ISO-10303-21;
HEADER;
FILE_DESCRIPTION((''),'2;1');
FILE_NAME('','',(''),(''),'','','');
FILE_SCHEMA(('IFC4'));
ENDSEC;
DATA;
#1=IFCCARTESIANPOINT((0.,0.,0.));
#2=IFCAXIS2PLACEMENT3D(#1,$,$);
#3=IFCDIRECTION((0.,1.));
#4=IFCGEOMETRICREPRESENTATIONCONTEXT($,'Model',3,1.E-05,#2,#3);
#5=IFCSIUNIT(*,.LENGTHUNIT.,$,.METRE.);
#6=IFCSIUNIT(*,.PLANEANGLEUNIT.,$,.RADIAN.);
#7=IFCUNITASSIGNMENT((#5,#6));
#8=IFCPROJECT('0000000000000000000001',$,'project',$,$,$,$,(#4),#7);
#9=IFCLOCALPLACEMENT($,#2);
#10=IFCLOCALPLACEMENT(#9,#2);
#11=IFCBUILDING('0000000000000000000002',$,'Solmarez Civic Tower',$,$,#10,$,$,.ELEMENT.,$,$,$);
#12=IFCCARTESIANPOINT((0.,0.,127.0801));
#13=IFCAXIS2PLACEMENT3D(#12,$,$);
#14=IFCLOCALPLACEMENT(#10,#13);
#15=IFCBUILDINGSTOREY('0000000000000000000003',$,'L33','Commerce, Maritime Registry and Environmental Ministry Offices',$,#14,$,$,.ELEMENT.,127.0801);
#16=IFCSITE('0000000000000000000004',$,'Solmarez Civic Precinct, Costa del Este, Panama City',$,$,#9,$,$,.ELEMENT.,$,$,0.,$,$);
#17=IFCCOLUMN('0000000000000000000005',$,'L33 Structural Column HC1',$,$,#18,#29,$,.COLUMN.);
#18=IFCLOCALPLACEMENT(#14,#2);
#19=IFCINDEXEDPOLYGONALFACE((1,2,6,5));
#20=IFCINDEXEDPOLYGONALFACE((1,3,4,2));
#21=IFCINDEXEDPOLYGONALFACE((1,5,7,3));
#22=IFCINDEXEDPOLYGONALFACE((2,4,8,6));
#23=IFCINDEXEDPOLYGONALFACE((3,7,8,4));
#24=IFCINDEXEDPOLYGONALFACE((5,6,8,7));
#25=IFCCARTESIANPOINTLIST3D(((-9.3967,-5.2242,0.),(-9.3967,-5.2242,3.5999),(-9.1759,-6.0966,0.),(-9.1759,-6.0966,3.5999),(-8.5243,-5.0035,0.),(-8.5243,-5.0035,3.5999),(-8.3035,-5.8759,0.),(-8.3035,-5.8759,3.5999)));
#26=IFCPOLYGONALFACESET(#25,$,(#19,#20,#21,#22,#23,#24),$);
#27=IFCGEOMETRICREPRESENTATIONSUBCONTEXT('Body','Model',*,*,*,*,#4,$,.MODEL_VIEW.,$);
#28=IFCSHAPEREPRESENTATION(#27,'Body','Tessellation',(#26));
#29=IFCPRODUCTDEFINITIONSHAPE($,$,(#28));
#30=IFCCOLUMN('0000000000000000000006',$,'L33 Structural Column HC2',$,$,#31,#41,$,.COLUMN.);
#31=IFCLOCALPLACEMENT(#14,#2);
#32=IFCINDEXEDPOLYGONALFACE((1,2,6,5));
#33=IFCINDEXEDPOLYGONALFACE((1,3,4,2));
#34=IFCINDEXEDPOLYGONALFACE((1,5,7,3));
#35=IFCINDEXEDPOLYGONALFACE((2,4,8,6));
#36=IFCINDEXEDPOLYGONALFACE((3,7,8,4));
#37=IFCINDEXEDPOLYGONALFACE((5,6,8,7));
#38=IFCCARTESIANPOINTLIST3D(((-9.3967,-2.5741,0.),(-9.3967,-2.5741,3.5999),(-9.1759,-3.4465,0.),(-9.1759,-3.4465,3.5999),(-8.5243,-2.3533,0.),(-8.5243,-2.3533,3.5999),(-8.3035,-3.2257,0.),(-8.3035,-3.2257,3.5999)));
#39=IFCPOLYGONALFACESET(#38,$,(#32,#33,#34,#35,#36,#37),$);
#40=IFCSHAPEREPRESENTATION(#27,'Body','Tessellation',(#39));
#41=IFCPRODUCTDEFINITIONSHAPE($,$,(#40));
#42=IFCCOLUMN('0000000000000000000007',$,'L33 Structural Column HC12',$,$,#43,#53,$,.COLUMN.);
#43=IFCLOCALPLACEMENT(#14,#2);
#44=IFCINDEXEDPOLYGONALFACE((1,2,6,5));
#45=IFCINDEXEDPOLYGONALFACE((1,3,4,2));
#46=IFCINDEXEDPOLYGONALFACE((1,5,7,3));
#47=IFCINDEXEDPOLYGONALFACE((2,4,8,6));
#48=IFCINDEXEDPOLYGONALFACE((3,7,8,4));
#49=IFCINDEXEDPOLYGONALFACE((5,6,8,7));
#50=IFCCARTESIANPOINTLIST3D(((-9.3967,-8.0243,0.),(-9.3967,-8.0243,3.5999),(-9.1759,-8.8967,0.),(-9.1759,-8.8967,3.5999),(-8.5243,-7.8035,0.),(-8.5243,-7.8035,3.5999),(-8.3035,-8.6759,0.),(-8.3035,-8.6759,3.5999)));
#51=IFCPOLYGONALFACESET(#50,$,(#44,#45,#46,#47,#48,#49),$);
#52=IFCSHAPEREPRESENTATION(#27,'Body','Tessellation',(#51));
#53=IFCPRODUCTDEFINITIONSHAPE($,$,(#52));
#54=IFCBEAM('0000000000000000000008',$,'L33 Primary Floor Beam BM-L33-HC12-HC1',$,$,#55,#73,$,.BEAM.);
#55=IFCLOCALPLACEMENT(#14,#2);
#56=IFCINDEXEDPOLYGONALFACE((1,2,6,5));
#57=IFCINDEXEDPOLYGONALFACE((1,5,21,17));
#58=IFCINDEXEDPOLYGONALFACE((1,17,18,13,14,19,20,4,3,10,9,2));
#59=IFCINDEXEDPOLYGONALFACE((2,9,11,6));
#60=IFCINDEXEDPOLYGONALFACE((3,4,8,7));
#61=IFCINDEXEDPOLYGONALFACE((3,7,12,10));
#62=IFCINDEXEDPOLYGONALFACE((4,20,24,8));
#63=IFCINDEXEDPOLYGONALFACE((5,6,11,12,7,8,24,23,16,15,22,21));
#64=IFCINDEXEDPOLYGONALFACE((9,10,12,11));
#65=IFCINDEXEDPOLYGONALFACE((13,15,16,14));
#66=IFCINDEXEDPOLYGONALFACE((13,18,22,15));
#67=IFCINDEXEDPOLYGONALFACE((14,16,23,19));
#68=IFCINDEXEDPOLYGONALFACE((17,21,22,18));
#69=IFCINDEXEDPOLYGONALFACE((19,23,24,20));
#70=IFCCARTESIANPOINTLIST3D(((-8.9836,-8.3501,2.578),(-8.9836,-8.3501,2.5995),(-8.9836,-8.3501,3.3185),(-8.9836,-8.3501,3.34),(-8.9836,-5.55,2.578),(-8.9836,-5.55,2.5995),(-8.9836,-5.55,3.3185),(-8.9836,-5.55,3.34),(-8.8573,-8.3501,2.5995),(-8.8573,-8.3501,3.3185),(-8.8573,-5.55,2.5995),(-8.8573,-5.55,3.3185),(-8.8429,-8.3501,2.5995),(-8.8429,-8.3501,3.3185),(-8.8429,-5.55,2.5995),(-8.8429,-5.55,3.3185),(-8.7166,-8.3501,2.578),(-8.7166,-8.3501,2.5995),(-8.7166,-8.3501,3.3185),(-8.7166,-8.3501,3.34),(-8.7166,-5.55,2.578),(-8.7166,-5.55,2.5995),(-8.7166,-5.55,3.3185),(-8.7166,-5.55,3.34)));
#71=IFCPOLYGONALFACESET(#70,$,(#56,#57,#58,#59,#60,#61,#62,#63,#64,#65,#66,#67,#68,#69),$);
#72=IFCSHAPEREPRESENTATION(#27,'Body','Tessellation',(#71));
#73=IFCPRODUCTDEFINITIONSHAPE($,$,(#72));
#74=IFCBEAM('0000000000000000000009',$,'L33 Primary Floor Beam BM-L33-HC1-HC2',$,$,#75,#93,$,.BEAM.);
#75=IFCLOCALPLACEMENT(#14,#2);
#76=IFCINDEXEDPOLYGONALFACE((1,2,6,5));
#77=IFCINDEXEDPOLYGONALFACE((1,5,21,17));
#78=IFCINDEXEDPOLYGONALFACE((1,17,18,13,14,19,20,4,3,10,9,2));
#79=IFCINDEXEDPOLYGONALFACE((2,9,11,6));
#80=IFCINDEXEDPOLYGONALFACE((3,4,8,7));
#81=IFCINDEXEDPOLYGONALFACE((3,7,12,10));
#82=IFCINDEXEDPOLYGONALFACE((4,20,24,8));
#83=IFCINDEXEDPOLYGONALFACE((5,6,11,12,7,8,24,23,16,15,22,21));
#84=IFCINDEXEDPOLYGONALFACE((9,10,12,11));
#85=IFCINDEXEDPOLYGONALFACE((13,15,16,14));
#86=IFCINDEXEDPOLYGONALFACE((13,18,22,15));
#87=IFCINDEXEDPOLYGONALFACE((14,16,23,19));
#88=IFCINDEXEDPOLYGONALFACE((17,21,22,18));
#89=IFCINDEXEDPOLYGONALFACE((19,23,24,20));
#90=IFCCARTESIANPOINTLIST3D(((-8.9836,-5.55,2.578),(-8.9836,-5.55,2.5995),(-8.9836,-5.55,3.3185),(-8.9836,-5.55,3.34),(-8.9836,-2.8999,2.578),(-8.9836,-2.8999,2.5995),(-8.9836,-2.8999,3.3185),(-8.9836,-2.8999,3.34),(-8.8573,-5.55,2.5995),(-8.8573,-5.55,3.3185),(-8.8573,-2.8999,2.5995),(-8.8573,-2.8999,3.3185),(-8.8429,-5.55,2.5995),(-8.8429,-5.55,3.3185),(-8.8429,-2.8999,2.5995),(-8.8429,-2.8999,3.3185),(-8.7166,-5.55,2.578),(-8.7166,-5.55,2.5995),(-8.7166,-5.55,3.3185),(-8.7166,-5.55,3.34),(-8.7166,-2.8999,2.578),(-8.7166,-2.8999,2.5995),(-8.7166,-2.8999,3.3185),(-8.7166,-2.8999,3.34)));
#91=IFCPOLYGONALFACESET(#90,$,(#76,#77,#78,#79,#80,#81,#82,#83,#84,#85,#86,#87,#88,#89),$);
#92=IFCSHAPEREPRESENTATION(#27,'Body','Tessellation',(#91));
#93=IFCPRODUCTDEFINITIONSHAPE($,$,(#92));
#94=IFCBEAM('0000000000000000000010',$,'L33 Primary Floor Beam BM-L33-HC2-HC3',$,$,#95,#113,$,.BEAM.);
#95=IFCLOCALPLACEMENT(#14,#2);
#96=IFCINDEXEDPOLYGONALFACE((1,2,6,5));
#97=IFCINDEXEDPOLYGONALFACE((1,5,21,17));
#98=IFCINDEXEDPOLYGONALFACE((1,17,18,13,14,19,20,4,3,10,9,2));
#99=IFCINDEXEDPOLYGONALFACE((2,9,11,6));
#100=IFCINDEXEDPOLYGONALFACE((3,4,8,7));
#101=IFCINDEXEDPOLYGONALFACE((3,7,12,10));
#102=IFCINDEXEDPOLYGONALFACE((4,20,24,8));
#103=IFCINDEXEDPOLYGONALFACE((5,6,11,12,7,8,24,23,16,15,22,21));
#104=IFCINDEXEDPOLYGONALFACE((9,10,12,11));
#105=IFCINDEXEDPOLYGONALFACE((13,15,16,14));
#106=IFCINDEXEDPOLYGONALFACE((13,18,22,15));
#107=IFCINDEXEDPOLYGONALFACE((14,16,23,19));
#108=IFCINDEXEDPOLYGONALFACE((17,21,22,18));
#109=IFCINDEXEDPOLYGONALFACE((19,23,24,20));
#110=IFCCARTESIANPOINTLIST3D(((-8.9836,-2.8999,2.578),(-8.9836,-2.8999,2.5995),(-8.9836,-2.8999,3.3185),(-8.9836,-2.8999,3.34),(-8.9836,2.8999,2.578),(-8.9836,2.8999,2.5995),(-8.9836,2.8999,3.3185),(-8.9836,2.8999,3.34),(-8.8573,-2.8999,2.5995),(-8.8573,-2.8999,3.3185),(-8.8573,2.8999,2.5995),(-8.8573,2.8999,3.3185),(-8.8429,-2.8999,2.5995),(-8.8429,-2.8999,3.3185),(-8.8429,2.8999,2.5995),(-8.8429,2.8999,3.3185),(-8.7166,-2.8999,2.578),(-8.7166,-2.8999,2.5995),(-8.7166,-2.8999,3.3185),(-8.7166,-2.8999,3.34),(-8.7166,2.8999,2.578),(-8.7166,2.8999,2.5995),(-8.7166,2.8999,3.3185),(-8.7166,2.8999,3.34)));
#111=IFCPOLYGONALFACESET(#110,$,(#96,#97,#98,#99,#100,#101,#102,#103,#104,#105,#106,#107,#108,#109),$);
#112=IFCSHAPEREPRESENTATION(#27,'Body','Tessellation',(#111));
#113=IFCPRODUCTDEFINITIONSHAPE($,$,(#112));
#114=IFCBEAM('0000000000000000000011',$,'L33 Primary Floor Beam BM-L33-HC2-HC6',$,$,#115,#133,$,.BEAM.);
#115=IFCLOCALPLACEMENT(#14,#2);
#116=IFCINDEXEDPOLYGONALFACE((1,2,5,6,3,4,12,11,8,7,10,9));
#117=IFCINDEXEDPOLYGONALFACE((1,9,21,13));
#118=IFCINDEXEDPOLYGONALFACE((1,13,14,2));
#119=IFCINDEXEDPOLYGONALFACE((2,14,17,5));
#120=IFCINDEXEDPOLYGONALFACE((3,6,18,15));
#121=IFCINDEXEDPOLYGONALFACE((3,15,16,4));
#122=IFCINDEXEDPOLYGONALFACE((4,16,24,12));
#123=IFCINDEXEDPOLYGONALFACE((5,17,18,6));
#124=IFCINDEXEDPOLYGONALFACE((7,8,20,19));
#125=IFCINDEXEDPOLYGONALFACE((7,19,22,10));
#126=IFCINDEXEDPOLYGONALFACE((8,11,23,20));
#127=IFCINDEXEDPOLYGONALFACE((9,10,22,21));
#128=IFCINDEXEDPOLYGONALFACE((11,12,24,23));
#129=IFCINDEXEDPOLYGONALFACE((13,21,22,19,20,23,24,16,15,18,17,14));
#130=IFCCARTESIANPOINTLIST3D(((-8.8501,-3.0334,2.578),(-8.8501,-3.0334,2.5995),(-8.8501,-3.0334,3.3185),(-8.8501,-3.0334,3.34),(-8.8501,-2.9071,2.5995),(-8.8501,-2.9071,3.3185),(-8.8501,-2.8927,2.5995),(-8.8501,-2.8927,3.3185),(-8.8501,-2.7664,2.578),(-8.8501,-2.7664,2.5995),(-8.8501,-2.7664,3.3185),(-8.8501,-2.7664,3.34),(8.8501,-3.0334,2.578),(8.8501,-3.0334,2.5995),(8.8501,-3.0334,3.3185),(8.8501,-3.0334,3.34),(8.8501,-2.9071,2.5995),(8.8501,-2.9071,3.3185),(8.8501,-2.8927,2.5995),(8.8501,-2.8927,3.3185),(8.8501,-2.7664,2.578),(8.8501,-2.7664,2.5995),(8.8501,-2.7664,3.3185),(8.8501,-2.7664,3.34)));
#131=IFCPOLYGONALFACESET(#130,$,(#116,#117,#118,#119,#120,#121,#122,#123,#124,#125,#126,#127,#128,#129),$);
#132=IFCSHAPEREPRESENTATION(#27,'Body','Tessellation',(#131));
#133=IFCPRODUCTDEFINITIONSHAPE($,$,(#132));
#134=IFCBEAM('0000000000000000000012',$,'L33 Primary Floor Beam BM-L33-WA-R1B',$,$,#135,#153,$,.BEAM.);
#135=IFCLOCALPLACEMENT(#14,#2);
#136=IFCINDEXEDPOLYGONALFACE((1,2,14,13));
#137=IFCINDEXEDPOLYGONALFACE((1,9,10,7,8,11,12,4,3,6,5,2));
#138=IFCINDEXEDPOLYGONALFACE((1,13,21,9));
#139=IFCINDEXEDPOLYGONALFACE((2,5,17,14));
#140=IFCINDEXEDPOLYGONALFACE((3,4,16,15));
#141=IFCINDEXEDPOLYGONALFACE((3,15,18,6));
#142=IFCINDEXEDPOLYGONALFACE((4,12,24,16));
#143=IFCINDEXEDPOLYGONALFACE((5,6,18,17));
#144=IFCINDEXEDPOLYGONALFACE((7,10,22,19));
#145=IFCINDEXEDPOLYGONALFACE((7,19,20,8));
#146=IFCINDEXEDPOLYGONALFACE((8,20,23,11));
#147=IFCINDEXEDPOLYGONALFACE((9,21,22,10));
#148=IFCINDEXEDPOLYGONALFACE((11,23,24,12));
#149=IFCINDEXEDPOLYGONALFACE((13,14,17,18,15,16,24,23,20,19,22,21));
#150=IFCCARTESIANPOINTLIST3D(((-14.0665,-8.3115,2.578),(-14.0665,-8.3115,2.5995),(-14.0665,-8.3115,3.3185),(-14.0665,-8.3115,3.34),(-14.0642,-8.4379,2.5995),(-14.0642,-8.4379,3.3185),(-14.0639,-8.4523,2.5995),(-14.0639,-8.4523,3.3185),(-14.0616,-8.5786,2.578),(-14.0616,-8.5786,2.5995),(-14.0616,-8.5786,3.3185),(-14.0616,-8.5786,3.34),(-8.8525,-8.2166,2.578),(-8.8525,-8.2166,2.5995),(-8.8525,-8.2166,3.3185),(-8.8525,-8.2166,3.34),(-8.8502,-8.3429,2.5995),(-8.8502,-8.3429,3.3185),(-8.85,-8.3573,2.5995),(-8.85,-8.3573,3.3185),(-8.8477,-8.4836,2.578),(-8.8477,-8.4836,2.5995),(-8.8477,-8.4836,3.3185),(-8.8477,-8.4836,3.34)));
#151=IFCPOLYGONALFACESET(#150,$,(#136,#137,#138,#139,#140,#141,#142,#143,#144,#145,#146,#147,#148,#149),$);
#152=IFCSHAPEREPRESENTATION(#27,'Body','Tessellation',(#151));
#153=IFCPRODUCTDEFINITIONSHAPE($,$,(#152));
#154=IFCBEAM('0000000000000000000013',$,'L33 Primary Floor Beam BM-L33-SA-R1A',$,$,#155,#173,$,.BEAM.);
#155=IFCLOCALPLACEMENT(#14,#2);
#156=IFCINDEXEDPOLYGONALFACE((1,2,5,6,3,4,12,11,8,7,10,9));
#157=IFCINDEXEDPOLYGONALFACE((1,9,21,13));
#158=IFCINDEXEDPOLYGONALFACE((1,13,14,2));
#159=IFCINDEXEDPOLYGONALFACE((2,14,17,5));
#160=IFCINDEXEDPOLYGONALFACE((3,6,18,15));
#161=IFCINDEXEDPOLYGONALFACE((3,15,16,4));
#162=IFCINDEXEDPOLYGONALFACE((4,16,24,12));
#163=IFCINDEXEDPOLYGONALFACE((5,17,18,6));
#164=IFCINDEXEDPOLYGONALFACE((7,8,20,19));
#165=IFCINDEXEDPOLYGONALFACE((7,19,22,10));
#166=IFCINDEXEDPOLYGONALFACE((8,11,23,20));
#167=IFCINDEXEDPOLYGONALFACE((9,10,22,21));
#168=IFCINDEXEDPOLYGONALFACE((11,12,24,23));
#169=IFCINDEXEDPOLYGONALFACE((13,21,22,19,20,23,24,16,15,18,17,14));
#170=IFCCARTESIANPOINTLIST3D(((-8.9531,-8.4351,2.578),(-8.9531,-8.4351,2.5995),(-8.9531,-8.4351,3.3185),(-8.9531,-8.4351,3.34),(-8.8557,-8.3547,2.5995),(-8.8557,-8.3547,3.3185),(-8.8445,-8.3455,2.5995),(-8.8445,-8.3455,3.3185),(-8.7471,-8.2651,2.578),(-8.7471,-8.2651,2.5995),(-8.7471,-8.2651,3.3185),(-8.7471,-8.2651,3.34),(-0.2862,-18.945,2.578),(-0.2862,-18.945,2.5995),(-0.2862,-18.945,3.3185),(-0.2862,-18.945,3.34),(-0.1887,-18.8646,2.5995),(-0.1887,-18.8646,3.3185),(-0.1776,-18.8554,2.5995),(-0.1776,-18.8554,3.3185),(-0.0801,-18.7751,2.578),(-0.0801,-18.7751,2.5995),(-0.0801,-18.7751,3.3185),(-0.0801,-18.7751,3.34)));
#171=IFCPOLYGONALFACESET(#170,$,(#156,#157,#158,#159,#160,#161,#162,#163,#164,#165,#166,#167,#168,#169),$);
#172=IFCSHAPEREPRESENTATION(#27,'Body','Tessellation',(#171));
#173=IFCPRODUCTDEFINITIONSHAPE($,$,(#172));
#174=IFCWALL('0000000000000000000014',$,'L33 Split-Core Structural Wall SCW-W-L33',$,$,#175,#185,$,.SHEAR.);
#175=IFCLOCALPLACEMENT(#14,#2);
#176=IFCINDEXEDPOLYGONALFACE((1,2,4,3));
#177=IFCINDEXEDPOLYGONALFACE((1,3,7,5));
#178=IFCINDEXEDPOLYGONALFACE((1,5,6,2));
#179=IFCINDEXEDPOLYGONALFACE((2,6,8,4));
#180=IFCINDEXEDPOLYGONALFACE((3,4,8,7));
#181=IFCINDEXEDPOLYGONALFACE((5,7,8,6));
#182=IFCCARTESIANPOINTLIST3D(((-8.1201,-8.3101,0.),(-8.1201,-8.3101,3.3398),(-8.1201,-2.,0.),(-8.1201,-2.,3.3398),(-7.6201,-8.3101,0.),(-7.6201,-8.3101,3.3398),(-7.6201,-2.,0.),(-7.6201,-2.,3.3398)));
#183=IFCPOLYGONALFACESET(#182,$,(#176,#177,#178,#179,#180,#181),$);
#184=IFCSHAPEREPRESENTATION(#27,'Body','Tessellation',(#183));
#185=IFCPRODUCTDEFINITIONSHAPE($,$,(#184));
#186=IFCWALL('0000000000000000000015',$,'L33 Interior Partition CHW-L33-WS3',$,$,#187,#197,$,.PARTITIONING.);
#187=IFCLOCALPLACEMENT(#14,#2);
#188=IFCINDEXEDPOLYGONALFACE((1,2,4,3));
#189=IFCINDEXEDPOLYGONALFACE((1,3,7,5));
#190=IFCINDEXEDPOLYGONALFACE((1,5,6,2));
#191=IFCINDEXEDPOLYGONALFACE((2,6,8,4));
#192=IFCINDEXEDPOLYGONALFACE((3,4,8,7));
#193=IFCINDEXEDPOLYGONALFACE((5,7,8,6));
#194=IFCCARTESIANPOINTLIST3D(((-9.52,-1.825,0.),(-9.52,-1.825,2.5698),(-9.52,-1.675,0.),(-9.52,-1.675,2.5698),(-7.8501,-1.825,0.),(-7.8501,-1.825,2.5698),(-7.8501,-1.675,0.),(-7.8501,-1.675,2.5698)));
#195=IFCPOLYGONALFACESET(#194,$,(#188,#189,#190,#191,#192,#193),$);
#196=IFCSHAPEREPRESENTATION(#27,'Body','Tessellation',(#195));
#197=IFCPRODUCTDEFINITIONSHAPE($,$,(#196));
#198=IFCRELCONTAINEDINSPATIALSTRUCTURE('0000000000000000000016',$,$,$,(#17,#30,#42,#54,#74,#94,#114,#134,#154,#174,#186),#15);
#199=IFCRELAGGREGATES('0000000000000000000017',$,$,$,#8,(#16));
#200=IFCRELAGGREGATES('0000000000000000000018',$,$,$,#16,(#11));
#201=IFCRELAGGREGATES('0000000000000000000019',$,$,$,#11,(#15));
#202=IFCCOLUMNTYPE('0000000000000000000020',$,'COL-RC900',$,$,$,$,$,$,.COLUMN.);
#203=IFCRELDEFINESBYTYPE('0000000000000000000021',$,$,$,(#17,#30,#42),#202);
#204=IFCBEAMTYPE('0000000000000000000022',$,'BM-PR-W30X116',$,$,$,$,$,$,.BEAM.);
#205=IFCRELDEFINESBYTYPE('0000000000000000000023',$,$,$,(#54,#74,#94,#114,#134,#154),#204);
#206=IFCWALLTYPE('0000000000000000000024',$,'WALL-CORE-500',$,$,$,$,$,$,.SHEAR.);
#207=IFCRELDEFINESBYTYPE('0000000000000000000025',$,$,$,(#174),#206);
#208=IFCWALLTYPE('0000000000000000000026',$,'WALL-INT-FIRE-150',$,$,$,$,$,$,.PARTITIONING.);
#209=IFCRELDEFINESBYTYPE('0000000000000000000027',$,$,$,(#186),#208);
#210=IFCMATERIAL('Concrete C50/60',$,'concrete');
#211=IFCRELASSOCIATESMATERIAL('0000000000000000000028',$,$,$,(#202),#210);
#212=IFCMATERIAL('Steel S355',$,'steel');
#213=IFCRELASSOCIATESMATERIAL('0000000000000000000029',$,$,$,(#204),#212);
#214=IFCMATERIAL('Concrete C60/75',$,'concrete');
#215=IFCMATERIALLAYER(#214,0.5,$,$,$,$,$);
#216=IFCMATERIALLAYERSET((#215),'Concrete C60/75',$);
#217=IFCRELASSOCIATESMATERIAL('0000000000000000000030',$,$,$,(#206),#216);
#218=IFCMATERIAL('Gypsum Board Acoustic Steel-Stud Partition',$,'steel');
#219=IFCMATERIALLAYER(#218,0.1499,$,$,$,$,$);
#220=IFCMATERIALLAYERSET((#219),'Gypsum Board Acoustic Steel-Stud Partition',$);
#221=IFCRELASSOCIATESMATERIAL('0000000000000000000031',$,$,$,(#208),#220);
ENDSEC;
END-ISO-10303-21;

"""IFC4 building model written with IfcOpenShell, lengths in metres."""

from ifc_helpers import new_model, si_unit, direction, frame, frame_2d, origin, origin_2d, place, context, subcontext, project, spatial, rectangle, i_section, extrude, material, layer, layer_set, material_profile, profile_set, type_object, element, save


model = new_model("IFC4")

# Units and contexts
model_context = context("Model", 3, precision=1e-05, world=origin(), true_north=direction((0.0, 1.0)))
body_context = subcontext(model_context, "Body", "Model", "MODEL_VIEW")
ifc_project = project(units=[si_unit("LENGTHUNIT", "METRE"), si_unit("PLANEANGLEUNIT", "RADIAN")], contexts=[model_context])

# Site, building, storey
site_placement = place(None, origin())
site = spatial("IfcSite", under=ifc_project, at=site_placement, Name="Solmarez Civic Precinct, Costa del Este, Panama City", CompositionType="ELEMENT", RefElevation=0.0)
building_placement = place(site_placement, origin())
building = spatial("IfcBuilding", under=site, at=building_placement, Name="Solmarez Civic Tower", CompositionType="ELEMENT")
storey_placement = place(building_placement, frame((0.0, 0.0, 127.0801)))
storey = spatial("IfcBuildingStorey", under=building, at=storey_placement, Name="L33", Description="Commerce, Maritime Registry and Environmental Ministry Offices", CompositionType="ELEMENT", Elevation=127.0801)

# Columns
ifc_material_1 = material(Name="Concrete C50/60", Category="concrete")
ifc_material_profile_1 = material_profile(ifc_material_1, rectangle(XDim=0.8999, YDim=0.8999, at=origin_2d()), Name="RC900X900")
ifc_profile_set_1 = profile_set([ifc_material_profile_1], Name="Concrete C50/60")
column_type = type_object("IfcColumnType", Name="COL-RC900", PredefinedType="COLUMN", material=ifc_profile_set_1)
for number, where, z_axis, x_axis, name in (
    (1, (-8.8501, -5.55, 0.0), (0.0, 0.0, 1.0), (0.969445, 0.245307, 0.0), "L33 Structural Column HC1"),
    (2, (-8.8501, -2.8999, 0.0), (0.0, 0.0, 1.0), (0.969445, 0.245307, 0.0), "L33 Structural Column HC2"),
    (3, (-8.8501, -8.3501, 0.0), (0.0, 0.0, 1.0), (0.969445, 0.245307, 0.0), "L33 Structural Column HC12"),
):
    element("IfcColumn", number, at=place(storey_placement, frame(where, z_axis=z_axis, x_axis=x_axis)), inside=storey, type_object=column_type, Name=name, PredefinedType="COLUMN", context=body_context, shape_type="SweptSolid", body=[
        extrude(rectangle(XDim=0.8999, YDim=0.8999, at=origin_2d()), origin(), (0.0, 0.0, 1.0), 3.5999),
    ])

# Beams
ifc_material_2 = material(Name="Steel S355", Category="steel")
ifc_material_profile_2 = material_profile(ifc_material_2, i_section(OverallWidth=0.2671, OverallDepth=0.762, WebThickness=0.0144, FlangeThickness=0.0215, at=origin_2d()), Name="W30X116")
ifc_profile_set_2 = profile_set([ifc_material_profile_2], Name="Steel S355")
beam_type = type_object("IfcBeamType", Name="BM-PR-W30X116", PredefinedType="BEAM", material=ifc_profile_set_2)
beam_1_placement = place(storey_placement, frame((-8.8501, -8.3501, 2.959), z_axis=(0.0, 1.0, 0.0), x_axis=(-1.0, 0.0, 0.0)))
element("IfcBeam", 4, at=beam_1_placement, inside=storey, type_object=beam_type, Name="L33 Primary Floor Beam BM-L33-HC12-HC1", PredefinedType="BEAM", context=body_context, shape_type="SweptSolid", body=[
    extrude(i_section(OverallWidth=0.2671, OverallDepth=0.762, WebThickness=0.0144, FlangeThickness=0.0215, at=origin_2d()), origin(), (0.0, 0.0, 1.0), 2.8),
])
beam_2_placement = place(storey_placement, frame((-8.8501, -5.55, 2.959), z_axis=(0.0, 1.0, 0.0), x_axis=(-1.0, 0.0, 0.0)))
element("IfcBeam", 5, at=beam_2_placement, inside=storey, type_object=beam_type, Name="L33 Primary Floor Beam BM-L33-HC1-HC2", PredefinedType="BEAM", context=body_context, shape_type="SweptSolid", body=[
    extrude(i_section(OverallWidth=0.2671, OverallDepth=0.762, WebThickness=0.0144, FlangeThickness=0.0215, at=origin_2d()), origin(), (0.0, 0.0, 1.0), 2.6501),
])
beam_3_placement = place(storey_placement, frame((-8.8501, -2.8999, 2.959), z_axis=(0.0, 1.0, 0.0), x_axis=(-1.0, 0.0, 0.0)))
element("IfcBeam", 6, at=beam_3_placement, inside=storey, type_object=beam_type, Name="L33 Primary Floor Beam BM-L33-HC2-HC3", PredefinedType="BEAM", context=body_context, shape_type="SweptSolid", body=[
    extrude(i_section(OverallWidth=0.2671, OverallDepth=0.762, WebThickness=0.0144, FlangeThickness=0.0215, at=origin_2d()), origin(), (0.0, 0.0, 1.0), 5.7998),
])
beam_4_placement = place(storey_placement, frame((-8.8501, -2.8999, 2.959), z_axis=(1.0, 0.0, 0.0), x_axis=(0.0, 1.0, 0.0)))
element("IfcBeam", 7, at=beam_4_placement, inside=storey, type_object=beam_type, Name="L33 Primary Floor Beam BM-L33-HC2-HC6", PredefinedType="BEAM", context=body_context, shape_type="SweptSolid", body=[
    extrude(i_section(OverallWidth=0.2671, OverallDepth=0.762, WebThickness=0.0144, FlangeThickness=0.0215, at=origin_2d()), origin(), (0.0, 0.0, 1.0), 17.7002),
])
beam_5_placement = place(storey_placement, frame((-8.8501, -8.3501, 2.959), z_axis=(-0.999834, -0.018212, 0.0), x_axis=(0.018212, -0.999834, 0.0)))
element("IfcBeam", 8, at=beam_5_placement, inside=storey, type_object=beam_type, Name="L33 Primary Floor Beam BM-L33-WA-R1B", PredefinedType="BEAM", context=body_context, shape_type="SweptSolid", body=[
    extrude(i_section(OverallWidth=0.2671, OverallDepth=0.762, WebThickness=0.0144, FlangeThickness=0.0215, at=origin_2d()), origin(), (0.0, 0.0, 1.0), 5.2148),
])
beam_6_placement = place(storey_placement, frame((-8.8501, -8.3501, 2.959), z_axis=(0.636218, -0.771509, 0.0), x_axis=(0.771509, 0.636218, 0.0)))
element("IfcBeam", 9, at=beam_6_placement, inside=storey, type_object=beam_type, Name="L33 Primary Floor Beam BM-L33-SA-R1A", PredefinedType="BEAM", context=body_context, shape_type="SweptSolid", body=[
    extrude(i_section(OverallWidth=0.2671, OverallDepth=0.762, WebThickness=0.0144, FlangeThickness=0.0215, at=origin_2d()), origin(), (0.0, 0.0, 1.0), 13.6226),
])

# Shared definitions
ifc_material_3 = material(Name="Concrete C60/75", Category="concrete")
ifc_layer_1 = layer(ifc_material_3, 0.5)
ifc_layer_set_1 = layer_set([ifc_layer_1], Name="Concrete C60/75")
wall_type_1 = type_object("IfcWallType", Name="WALL-CORE-500", PredefinedType="SHEAR", material=ifc_layer_set_1)

# Walls
wall_1_placement = place(storey_placement, frame((-7.8701, -8.3101, 0.0), z_axis=(0.0, 0.0, 1.0), x_axis=(0.0, 1.0, 0.0)))
element("IfcWall", 10, at=wall_1_placement, inside=storey, type_object=wall_type_1, Name="L33 Split-Core Structural Wall SCW-W-L33", PredefinedType="SHEAR", context=body_context, shape_type="SweptSolid", body=[
    extrude(rectangle(XDim=6.3101, YDim=0.5, at=frame_2d((3.155, 0.0))), origin(), (0.0, 0.0, 1.0), 3.3398),
])
ifc_material_4 = material(Name="Gypsum Board Acoustic Steel-Stud Partition", Category="steel")
ifc_layer_2 = layer(ifc_material_4, 0.1499)
ifc_layer_set_2 = layer_set([ifc_layer_2], Name="Gypsum Board Acoustic Steel-Stud Partition")
wall_type_2 = type_object("IfcWallType", Name="WALL-INT-FIRE-150", PredefinedType="PARTITIONING", material=ifc_layer_set_2)
wall_2_placement = place(storey_placement, frame((-7.8501, -1.75, 0.0), z_axis=(0.0, 0.0, 1.0), x_axis=(-1.0, 0.0, 0.0)))
element("IfcWall", 11, at=wall_2_placement, inside=storey, type_object=wall_type_2, Name="L33 Interior Partition CHW-L33-WS3", PredefinedType="PARTITIONING", context=body_context, shape_type="SweptSolid", body=[
    extrude(rectangle(XDim=1.6699, YDim=0.1499, at=frame_2d((0.835, 0.0))), origin(), (0.0, 0.0, 1.0), 2.5698),
])

save(model, "model.ifc")
